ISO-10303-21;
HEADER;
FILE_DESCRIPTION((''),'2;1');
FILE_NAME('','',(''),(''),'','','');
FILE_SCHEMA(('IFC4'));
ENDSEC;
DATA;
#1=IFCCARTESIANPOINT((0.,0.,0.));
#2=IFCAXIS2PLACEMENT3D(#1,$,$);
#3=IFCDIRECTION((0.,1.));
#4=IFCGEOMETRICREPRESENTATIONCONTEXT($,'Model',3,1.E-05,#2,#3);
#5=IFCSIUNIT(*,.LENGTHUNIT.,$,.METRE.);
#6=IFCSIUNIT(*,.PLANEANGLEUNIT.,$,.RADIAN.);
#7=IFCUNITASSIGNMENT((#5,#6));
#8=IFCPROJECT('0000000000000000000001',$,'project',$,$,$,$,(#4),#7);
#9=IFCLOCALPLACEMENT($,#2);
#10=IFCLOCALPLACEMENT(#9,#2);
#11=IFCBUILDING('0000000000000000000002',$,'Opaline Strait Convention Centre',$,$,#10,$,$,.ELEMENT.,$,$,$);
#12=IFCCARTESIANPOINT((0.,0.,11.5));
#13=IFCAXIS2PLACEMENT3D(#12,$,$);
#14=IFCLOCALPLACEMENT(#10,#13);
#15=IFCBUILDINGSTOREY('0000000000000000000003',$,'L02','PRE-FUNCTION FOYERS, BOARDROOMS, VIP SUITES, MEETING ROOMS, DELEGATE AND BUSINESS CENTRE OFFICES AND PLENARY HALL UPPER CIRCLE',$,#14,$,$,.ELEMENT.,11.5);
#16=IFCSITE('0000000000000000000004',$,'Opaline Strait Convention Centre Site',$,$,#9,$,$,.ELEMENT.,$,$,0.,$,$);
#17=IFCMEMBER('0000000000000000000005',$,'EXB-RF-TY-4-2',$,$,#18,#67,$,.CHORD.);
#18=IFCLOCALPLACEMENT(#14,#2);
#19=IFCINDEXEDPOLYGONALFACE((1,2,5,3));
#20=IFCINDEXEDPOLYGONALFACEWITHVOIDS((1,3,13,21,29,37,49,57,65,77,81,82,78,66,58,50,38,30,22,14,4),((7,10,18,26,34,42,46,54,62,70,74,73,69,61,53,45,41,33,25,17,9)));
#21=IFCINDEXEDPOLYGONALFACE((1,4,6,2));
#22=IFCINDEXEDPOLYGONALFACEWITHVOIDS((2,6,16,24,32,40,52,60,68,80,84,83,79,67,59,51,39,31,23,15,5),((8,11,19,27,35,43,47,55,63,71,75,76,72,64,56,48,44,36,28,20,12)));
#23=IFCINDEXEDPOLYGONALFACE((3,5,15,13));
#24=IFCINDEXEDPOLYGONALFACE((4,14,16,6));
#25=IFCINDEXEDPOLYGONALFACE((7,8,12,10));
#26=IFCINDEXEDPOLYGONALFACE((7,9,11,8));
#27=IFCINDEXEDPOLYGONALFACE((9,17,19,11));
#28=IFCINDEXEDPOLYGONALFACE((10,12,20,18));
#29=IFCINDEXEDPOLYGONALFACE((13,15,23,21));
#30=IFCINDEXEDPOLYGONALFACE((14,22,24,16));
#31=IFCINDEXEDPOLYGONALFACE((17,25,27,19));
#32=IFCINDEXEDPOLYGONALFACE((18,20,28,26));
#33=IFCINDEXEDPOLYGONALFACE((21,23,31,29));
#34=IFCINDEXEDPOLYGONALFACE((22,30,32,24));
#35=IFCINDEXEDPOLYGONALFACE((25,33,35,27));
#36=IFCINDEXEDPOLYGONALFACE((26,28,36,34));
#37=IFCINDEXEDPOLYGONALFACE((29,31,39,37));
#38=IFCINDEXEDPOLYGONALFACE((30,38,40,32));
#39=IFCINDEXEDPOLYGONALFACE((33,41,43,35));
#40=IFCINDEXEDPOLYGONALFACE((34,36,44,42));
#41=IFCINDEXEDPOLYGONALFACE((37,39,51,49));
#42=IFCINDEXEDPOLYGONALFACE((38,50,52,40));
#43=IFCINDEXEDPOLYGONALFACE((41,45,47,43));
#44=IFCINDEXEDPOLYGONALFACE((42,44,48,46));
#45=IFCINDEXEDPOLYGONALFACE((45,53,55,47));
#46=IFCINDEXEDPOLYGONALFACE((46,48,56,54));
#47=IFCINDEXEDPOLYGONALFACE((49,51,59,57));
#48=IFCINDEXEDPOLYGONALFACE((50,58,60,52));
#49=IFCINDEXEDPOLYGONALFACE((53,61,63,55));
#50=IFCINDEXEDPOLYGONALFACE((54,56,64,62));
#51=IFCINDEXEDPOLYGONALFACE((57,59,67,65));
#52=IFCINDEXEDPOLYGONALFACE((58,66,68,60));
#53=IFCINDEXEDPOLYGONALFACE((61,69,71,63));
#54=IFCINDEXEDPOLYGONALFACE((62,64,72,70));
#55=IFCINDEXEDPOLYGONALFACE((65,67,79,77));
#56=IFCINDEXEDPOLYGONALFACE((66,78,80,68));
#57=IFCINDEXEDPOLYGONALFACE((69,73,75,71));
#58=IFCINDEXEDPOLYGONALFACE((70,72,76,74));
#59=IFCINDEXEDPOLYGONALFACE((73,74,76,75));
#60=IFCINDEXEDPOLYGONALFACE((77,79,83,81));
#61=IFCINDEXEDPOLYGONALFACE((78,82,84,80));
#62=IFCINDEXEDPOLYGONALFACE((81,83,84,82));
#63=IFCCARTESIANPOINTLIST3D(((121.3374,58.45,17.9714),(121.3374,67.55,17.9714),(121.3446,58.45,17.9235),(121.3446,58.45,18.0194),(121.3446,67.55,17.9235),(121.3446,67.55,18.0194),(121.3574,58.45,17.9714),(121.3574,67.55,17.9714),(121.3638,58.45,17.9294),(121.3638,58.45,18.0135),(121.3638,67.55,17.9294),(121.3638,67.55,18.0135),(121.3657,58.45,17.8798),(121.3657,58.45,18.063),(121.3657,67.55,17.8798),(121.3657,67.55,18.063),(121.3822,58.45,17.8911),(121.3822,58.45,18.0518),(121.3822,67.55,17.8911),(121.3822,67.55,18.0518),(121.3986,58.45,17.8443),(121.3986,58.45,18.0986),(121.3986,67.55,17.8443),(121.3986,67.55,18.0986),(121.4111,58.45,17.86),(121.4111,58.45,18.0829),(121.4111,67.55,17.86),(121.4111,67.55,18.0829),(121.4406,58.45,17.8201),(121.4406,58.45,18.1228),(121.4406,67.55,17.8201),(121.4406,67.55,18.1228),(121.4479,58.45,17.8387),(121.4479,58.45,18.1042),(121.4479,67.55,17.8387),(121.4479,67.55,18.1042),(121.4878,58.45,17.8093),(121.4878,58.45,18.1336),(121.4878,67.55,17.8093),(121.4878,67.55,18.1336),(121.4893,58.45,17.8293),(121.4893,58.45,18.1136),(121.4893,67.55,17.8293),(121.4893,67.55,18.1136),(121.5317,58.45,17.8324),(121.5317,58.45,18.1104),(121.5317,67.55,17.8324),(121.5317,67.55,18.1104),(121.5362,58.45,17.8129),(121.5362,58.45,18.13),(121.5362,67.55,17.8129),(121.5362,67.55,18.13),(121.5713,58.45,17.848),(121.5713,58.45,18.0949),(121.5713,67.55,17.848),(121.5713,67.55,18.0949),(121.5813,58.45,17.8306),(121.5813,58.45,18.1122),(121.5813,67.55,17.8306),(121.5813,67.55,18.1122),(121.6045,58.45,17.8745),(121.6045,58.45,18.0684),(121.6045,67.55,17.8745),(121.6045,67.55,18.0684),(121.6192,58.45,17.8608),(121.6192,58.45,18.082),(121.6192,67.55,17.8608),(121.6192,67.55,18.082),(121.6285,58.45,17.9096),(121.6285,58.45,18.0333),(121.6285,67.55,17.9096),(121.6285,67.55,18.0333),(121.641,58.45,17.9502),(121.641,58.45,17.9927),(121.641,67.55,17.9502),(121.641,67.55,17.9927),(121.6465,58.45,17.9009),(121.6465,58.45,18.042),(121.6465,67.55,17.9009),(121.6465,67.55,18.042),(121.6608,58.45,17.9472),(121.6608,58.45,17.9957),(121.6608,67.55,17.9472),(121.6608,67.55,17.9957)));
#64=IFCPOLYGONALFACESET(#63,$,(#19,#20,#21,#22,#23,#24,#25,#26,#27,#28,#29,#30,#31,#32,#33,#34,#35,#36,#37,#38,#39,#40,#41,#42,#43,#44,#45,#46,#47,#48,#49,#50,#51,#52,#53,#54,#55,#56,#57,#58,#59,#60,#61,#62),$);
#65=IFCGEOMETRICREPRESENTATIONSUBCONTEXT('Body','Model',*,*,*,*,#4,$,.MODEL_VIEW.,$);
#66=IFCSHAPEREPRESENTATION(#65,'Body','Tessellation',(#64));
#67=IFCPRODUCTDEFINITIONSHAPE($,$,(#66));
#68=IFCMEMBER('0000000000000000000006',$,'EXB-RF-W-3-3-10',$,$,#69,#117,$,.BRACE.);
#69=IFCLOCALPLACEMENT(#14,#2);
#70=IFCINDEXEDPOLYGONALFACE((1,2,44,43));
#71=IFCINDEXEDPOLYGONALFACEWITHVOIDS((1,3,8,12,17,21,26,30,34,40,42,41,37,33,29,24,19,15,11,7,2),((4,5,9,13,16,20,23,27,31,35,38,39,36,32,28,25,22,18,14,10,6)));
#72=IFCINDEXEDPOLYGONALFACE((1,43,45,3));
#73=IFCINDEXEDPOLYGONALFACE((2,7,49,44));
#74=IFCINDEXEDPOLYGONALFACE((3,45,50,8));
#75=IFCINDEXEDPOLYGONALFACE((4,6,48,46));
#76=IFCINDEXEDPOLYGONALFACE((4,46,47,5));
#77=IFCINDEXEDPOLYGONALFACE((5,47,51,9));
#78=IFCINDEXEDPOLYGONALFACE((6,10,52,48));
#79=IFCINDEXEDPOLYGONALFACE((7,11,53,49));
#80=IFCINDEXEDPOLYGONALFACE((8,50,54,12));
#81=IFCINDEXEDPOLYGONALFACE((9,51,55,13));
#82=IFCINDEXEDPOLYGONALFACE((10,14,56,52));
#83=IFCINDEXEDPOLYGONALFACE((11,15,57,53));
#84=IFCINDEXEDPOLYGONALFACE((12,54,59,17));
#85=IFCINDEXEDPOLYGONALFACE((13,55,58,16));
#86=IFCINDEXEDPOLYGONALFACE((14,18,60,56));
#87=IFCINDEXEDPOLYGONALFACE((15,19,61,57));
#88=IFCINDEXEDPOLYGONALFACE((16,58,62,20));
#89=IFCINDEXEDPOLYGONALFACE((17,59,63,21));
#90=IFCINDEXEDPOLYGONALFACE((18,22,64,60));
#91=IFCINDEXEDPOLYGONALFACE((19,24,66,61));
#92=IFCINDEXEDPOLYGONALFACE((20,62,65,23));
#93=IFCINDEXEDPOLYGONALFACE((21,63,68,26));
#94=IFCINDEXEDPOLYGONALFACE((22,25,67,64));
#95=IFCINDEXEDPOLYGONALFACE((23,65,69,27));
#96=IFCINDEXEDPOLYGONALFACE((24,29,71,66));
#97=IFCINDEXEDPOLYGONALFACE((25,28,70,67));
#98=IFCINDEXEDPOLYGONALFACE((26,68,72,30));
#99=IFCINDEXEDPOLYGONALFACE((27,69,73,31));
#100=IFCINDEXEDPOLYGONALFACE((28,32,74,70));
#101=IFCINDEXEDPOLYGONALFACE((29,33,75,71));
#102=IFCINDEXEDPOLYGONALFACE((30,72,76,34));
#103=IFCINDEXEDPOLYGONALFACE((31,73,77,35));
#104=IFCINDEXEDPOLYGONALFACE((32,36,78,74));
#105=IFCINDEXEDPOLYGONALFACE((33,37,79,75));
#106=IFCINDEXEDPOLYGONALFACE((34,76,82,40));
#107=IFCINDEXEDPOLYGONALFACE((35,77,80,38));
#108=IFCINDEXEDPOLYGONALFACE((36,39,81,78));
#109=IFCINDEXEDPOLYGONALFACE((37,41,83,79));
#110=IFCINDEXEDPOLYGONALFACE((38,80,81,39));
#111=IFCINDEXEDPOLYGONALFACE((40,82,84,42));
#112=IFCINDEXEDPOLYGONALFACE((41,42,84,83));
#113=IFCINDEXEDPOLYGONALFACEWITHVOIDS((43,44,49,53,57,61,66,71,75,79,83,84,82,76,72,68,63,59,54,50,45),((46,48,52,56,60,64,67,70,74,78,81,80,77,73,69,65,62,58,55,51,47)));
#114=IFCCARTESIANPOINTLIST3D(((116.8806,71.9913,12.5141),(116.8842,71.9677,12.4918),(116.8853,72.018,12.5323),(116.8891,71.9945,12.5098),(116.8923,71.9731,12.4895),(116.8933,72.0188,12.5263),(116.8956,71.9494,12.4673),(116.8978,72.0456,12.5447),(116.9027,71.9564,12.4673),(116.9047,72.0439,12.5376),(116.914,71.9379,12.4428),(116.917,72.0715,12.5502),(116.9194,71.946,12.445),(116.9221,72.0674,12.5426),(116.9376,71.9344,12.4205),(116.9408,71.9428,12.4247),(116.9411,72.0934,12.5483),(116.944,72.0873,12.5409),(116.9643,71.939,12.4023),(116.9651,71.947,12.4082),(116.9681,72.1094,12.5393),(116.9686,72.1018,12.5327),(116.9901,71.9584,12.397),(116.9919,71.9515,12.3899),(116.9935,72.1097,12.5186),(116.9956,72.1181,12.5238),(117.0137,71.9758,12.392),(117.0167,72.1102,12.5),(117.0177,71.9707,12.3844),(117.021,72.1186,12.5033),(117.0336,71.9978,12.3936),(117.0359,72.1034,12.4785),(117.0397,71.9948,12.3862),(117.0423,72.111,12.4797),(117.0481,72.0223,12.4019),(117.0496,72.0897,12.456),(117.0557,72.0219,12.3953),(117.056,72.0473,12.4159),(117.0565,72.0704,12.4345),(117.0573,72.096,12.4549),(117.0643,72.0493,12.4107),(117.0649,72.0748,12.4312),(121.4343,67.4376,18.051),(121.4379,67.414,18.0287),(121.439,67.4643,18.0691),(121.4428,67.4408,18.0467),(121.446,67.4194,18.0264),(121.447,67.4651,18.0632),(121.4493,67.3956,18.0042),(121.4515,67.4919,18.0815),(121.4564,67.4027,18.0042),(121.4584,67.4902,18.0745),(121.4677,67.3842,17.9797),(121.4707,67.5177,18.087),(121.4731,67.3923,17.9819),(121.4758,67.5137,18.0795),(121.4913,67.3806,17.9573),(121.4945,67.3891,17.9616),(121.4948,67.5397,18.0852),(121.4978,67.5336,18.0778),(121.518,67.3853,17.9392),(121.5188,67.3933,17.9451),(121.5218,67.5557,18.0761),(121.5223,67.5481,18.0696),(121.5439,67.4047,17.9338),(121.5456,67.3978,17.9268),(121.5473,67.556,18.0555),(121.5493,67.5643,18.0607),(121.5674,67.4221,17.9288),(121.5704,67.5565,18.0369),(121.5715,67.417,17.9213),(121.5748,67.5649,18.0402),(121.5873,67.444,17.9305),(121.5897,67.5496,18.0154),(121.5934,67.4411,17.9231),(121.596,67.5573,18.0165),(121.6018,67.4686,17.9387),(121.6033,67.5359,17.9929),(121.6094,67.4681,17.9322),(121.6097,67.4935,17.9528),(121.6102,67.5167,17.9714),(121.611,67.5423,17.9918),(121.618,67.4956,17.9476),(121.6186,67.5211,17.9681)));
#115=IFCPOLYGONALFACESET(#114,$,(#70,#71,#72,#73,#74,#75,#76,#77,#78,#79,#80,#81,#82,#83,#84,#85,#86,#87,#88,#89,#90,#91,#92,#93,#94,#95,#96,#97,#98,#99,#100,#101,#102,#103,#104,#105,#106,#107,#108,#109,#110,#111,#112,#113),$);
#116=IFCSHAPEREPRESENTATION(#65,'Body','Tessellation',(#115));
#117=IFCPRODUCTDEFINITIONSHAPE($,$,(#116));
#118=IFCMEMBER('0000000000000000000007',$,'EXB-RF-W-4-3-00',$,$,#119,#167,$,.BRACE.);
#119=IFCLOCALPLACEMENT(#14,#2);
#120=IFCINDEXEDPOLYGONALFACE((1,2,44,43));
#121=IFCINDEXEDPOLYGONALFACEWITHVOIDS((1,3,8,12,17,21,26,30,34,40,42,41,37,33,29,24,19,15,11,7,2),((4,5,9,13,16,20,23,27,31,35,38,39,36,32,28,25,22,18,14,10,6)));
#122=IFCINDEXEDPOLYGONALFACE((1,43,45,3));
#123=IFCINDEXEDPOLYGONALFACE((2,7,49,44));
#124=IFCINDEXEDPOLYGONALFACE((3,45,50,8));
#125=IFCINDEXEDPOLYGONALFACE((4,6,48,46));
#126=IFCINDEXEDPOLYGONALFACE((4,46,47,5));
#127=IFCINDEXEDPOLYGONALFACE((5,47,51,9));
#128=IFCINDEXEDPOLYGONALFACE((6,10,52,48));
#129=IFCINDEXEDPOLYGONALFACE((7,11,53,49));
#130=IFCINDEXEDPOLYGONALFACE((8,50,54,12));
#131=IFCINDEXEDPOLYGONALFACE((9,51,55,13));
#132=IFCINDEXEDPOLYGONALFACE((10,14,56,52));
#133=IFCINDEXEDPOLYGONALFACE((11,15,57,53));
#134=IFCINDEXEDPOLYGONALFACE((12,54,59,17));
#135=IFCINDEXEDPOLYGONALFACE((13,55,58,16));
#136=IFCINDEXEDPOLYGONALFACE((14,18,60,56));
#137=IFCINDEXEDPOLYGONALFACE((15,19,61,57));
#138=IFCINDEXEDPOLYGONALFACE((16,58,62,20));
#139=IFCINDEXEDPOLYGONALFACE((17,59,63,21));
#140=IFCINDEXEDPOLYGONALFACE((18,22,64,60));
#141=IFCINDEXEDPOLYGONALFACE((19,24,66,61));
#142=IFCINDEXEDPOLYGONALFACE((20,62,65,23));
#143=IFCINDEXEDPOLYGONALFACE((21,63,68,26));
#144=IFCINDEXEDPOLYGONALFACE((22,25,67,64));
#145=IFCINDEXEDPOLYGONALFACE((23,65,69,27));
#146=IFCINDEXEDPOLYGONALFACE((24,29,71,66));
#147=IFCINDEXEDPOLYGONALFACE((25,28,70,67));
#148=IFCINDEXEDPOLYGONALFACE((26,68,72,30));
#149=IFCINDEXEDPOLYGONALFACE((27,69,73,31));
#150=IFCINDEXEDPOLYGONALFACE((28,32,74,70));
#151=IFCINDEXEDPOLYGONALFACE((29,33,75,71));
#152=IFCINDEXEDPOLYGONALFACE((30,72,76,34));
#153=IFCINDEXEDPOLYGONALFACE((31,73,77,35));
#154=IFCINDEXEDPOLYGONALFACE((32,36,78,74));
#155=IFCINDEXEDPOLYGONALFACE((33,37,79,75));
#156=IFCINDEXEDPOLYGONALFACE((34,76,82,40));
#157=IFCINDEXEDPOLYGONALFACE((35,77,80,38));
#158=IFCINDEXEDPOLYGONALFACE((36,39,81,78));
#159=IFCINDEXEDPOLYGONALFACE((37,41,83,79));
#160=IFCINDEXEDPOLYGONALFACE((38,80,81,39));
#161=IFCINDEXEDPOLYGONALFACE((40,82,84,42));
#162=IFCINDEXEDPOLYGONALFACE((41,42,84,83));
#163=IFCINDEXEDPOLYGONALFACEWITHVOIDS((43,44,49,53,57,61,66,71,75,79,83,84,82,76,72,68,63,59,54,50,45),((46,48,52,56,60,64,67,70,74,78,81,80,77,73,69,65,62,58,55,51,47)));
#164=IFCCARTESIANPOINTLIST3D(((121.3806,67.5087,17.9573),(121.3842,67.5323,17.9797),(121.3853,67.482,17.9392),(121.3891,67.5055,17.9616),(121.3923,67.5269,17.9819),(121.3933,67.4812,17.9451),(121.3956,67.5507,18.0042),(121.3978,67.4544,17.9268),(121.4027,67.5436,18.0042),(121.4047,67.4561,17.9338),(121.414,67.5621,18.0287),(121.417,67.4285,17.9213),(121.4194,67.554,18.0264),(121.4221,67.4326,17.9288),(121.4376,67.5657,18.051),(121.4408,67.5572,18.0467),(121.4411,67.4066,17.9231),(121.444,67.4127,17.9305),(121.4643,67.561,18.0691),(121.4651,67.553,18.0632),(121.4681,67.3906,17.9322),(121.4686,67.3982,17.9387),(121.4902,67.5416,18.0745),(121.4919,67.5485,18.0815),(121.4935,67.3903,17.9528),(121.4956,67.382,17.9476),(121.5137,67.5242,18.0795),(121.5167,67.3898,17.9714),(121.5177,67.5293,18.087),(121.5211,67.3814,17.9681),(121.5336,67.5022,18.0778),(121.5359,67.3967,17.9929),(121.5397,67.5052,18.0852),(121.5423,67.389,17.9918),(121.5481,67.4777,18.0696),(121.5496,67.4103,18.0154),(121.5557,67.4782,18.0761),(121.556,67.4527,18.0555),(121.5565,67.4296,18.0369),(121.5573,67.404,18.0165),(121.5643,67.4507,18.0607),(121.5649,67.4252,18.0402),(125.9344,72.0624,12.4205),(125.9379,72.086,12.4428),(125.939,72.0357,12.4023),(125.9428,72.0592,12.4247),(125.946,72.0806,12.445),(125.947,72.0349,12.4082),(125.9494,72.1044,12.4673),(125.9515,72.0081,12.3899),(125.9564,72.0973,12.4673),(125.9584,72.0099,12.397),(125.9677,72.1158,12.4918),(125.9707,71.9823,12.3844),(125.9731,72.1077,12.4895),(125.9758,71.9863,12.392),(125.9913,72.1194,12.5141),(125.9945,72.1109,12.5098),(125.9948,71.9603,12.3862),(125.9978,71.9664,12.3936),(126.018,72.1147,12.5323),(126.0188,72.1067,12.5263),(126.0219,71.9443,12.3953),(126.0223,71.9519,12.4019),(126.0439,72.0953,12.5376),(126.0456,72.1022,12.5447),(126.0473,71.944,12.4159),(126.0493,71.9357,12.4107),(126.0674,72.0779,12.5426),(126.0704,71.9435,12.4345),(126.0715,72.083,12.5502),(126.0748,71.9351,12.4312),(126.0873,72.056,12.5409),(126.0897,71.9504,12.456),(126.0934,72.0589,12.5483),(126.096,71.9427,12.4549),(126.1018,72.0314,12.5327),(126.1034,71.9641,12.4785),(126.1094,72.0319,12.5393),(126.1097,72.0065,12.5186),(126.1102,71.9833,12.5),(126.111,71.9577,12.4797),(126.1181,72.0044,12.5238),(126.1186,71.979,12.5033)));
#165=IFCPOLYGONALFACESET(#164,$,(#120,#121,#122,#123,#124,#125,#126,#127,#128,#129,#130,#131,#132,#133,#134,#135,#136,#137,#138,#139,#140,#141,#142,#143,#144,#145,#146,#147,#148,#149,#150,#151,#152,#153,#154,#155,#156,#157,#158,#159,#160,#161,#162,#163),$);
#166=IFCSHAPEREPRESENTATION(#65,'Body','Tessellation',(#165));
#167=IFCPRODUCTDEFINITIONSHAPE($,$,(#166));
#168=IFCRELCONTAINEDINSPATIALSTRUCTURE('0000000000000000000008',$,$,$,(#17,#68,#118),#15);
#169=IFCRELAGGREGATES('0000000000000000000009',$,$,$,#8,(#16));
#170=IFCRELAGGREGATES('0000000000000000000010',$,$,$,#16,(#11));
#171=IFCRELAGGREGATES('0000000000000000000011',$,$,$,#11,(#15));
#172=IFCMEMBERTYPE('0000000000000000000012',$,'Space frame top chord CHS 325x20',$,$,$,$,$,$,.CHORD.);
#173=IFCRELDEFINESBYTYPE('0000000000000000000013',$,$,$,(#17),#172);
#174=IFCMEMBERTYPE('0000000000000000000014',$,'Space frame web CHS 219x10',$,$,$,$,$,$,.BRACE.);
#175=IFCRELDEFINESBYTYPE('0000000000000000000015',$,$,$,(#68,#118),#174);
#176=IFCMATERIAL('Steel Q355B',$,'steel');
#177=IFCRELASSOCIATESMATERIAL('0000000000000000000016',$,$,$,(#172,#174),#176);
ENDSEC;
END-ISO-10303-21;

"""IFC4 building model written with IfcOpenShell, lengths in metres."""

from ifc_helpers import new_model, si_unit, direction, frame, origin, origin_2d, place, context, subcontext, project, spatial, hollow_circle, extrude, material, material_profile, profile_set, type_object, element, save


model = new_model("IFC4")

# Units and contexts
model_context = context("Model", 3, precision=1e-05, world=origin(), true_north=direction((0.0, 1.0)))
body_context = subcontext(model_context, "Body", "Model", "MODEL_VIEW")
ifc_project = project(units=[si_unit("LENGTHUNIT", "METRE"), si_unit("PLANEANGLEUNIT", "RADIAN")], contexts=[model_context])

# Site, building, storey
site_placement = place(None, origin())
site = spatial("IfcSite", under=ifc_project, at=site_placement, Name="Opaline Strait Convention Centre Site", CompositionType="ELEMENT", RefElevation=0.0)
building_placement = place(site_placement, origin())
building = spatial("IfcBuilding", under=site, at=building_placement, Name="Opaline Strait Convention Centre", CompositionType="ELEMENT")
storey_placement = place(building_placement, frame((0.0, 0.0, 11.5)))
storey = spatial("IfcBuildingStorey", under=building, at=storey_placement, Name="L02", Description="PRE-FUNCTION FOYERS, BOARDROOMS, VIP SUITES, MEETING ROOMS, DELEGATE AND BUSINESS CENTRE OFFICES AND PLENARY HALL UPPER CIRCLE", CompositionType="ELEMENT", Elevation=11.5)

# Members
ifc_material = material(Name="Steel Q355B", Category="steel")
ifc_material_profile_1 = material_profile(ifc_material, hollow_circle(Radius=0.1626, WallThickness=0.02, at=origin_2d()), Name="CHS 325x20")
ifc_profile_set_1 = profile_set([ifc_material_profile_1], Name="Steel Q355B")
member_type_1 = type_object("IfcMemberType", Name="Space frame top chord CHS 325x20", PredefinedType="CHORD", material=ifc_profile_set_1)
for number, where, z_axis, x_axis, name in (
    (1, (121.5, 58.45, 17.9714), (0.0, 1.0, 0.0), (-1.0, 0.0, 0.0), "EXB-RF-TY-4-2"),
):
    element("IfcMember", number, at=place(storey_placement, frame(where, z_axis=z_axis, x_axis=x_axis)), inside=storey, type_object=member_type_1, Name=name, PredefinedType="CHORD", context=body_context, shape_type="SweptSolid", body=[
        extrude(hollow_circle(Radius=0.1626, WallThickness=0.02, at=origin_2d()), origin(), (0.0, 0.0, 1.0), 9.1001),
    ])
ifc_material_profile_2 = material_profile(ifc_material, hollow_circle(Radius=0.1096, WallThickness=0.01, at=origin_2d()), Name="CHS 219x10")
ifc_profile_set_2 = profile_set([ifc_material_profile_2], Name="Steel Q355B")
member_type_2 = type_object("IfcMemberType", Name="Space frame web CHS 219x10", PredefinedType="BRACE", material=ifc_profile_set_2)
for number, where, z_axis, x_axis, name in (
    (2, (121.5269, 67.4731, 18.0042), (-0.536178, 0.536178, -0.65194), (-0.707107, -0.707107, 0.0), "EXB-RF-W-3-3-10"),
    (3, (121.4731, 67.4731, 18.0042), (0.536178, 0.536178, -0.65194), (-0.707107, 0.707107, 0.0), "EXB-RF-W-4-3-00"),
):
    element("IfcMember", number, at=place(storey_placement, frame(where, z_axis=z_axis, x_axis=x_axis)), inside=storey, type_object=member_type_2, Name=name, PredefinedType="BRACE", context=body_context, shape_type="SweptSolid", body=[
        extrude(hollow_circle(Radius=0.1096, WallThickness=0.01, at=origin_2d()), origin(), (0.0, 0.0, 1.0), 8.4929),
    ])

save(model, "model.ifc")
